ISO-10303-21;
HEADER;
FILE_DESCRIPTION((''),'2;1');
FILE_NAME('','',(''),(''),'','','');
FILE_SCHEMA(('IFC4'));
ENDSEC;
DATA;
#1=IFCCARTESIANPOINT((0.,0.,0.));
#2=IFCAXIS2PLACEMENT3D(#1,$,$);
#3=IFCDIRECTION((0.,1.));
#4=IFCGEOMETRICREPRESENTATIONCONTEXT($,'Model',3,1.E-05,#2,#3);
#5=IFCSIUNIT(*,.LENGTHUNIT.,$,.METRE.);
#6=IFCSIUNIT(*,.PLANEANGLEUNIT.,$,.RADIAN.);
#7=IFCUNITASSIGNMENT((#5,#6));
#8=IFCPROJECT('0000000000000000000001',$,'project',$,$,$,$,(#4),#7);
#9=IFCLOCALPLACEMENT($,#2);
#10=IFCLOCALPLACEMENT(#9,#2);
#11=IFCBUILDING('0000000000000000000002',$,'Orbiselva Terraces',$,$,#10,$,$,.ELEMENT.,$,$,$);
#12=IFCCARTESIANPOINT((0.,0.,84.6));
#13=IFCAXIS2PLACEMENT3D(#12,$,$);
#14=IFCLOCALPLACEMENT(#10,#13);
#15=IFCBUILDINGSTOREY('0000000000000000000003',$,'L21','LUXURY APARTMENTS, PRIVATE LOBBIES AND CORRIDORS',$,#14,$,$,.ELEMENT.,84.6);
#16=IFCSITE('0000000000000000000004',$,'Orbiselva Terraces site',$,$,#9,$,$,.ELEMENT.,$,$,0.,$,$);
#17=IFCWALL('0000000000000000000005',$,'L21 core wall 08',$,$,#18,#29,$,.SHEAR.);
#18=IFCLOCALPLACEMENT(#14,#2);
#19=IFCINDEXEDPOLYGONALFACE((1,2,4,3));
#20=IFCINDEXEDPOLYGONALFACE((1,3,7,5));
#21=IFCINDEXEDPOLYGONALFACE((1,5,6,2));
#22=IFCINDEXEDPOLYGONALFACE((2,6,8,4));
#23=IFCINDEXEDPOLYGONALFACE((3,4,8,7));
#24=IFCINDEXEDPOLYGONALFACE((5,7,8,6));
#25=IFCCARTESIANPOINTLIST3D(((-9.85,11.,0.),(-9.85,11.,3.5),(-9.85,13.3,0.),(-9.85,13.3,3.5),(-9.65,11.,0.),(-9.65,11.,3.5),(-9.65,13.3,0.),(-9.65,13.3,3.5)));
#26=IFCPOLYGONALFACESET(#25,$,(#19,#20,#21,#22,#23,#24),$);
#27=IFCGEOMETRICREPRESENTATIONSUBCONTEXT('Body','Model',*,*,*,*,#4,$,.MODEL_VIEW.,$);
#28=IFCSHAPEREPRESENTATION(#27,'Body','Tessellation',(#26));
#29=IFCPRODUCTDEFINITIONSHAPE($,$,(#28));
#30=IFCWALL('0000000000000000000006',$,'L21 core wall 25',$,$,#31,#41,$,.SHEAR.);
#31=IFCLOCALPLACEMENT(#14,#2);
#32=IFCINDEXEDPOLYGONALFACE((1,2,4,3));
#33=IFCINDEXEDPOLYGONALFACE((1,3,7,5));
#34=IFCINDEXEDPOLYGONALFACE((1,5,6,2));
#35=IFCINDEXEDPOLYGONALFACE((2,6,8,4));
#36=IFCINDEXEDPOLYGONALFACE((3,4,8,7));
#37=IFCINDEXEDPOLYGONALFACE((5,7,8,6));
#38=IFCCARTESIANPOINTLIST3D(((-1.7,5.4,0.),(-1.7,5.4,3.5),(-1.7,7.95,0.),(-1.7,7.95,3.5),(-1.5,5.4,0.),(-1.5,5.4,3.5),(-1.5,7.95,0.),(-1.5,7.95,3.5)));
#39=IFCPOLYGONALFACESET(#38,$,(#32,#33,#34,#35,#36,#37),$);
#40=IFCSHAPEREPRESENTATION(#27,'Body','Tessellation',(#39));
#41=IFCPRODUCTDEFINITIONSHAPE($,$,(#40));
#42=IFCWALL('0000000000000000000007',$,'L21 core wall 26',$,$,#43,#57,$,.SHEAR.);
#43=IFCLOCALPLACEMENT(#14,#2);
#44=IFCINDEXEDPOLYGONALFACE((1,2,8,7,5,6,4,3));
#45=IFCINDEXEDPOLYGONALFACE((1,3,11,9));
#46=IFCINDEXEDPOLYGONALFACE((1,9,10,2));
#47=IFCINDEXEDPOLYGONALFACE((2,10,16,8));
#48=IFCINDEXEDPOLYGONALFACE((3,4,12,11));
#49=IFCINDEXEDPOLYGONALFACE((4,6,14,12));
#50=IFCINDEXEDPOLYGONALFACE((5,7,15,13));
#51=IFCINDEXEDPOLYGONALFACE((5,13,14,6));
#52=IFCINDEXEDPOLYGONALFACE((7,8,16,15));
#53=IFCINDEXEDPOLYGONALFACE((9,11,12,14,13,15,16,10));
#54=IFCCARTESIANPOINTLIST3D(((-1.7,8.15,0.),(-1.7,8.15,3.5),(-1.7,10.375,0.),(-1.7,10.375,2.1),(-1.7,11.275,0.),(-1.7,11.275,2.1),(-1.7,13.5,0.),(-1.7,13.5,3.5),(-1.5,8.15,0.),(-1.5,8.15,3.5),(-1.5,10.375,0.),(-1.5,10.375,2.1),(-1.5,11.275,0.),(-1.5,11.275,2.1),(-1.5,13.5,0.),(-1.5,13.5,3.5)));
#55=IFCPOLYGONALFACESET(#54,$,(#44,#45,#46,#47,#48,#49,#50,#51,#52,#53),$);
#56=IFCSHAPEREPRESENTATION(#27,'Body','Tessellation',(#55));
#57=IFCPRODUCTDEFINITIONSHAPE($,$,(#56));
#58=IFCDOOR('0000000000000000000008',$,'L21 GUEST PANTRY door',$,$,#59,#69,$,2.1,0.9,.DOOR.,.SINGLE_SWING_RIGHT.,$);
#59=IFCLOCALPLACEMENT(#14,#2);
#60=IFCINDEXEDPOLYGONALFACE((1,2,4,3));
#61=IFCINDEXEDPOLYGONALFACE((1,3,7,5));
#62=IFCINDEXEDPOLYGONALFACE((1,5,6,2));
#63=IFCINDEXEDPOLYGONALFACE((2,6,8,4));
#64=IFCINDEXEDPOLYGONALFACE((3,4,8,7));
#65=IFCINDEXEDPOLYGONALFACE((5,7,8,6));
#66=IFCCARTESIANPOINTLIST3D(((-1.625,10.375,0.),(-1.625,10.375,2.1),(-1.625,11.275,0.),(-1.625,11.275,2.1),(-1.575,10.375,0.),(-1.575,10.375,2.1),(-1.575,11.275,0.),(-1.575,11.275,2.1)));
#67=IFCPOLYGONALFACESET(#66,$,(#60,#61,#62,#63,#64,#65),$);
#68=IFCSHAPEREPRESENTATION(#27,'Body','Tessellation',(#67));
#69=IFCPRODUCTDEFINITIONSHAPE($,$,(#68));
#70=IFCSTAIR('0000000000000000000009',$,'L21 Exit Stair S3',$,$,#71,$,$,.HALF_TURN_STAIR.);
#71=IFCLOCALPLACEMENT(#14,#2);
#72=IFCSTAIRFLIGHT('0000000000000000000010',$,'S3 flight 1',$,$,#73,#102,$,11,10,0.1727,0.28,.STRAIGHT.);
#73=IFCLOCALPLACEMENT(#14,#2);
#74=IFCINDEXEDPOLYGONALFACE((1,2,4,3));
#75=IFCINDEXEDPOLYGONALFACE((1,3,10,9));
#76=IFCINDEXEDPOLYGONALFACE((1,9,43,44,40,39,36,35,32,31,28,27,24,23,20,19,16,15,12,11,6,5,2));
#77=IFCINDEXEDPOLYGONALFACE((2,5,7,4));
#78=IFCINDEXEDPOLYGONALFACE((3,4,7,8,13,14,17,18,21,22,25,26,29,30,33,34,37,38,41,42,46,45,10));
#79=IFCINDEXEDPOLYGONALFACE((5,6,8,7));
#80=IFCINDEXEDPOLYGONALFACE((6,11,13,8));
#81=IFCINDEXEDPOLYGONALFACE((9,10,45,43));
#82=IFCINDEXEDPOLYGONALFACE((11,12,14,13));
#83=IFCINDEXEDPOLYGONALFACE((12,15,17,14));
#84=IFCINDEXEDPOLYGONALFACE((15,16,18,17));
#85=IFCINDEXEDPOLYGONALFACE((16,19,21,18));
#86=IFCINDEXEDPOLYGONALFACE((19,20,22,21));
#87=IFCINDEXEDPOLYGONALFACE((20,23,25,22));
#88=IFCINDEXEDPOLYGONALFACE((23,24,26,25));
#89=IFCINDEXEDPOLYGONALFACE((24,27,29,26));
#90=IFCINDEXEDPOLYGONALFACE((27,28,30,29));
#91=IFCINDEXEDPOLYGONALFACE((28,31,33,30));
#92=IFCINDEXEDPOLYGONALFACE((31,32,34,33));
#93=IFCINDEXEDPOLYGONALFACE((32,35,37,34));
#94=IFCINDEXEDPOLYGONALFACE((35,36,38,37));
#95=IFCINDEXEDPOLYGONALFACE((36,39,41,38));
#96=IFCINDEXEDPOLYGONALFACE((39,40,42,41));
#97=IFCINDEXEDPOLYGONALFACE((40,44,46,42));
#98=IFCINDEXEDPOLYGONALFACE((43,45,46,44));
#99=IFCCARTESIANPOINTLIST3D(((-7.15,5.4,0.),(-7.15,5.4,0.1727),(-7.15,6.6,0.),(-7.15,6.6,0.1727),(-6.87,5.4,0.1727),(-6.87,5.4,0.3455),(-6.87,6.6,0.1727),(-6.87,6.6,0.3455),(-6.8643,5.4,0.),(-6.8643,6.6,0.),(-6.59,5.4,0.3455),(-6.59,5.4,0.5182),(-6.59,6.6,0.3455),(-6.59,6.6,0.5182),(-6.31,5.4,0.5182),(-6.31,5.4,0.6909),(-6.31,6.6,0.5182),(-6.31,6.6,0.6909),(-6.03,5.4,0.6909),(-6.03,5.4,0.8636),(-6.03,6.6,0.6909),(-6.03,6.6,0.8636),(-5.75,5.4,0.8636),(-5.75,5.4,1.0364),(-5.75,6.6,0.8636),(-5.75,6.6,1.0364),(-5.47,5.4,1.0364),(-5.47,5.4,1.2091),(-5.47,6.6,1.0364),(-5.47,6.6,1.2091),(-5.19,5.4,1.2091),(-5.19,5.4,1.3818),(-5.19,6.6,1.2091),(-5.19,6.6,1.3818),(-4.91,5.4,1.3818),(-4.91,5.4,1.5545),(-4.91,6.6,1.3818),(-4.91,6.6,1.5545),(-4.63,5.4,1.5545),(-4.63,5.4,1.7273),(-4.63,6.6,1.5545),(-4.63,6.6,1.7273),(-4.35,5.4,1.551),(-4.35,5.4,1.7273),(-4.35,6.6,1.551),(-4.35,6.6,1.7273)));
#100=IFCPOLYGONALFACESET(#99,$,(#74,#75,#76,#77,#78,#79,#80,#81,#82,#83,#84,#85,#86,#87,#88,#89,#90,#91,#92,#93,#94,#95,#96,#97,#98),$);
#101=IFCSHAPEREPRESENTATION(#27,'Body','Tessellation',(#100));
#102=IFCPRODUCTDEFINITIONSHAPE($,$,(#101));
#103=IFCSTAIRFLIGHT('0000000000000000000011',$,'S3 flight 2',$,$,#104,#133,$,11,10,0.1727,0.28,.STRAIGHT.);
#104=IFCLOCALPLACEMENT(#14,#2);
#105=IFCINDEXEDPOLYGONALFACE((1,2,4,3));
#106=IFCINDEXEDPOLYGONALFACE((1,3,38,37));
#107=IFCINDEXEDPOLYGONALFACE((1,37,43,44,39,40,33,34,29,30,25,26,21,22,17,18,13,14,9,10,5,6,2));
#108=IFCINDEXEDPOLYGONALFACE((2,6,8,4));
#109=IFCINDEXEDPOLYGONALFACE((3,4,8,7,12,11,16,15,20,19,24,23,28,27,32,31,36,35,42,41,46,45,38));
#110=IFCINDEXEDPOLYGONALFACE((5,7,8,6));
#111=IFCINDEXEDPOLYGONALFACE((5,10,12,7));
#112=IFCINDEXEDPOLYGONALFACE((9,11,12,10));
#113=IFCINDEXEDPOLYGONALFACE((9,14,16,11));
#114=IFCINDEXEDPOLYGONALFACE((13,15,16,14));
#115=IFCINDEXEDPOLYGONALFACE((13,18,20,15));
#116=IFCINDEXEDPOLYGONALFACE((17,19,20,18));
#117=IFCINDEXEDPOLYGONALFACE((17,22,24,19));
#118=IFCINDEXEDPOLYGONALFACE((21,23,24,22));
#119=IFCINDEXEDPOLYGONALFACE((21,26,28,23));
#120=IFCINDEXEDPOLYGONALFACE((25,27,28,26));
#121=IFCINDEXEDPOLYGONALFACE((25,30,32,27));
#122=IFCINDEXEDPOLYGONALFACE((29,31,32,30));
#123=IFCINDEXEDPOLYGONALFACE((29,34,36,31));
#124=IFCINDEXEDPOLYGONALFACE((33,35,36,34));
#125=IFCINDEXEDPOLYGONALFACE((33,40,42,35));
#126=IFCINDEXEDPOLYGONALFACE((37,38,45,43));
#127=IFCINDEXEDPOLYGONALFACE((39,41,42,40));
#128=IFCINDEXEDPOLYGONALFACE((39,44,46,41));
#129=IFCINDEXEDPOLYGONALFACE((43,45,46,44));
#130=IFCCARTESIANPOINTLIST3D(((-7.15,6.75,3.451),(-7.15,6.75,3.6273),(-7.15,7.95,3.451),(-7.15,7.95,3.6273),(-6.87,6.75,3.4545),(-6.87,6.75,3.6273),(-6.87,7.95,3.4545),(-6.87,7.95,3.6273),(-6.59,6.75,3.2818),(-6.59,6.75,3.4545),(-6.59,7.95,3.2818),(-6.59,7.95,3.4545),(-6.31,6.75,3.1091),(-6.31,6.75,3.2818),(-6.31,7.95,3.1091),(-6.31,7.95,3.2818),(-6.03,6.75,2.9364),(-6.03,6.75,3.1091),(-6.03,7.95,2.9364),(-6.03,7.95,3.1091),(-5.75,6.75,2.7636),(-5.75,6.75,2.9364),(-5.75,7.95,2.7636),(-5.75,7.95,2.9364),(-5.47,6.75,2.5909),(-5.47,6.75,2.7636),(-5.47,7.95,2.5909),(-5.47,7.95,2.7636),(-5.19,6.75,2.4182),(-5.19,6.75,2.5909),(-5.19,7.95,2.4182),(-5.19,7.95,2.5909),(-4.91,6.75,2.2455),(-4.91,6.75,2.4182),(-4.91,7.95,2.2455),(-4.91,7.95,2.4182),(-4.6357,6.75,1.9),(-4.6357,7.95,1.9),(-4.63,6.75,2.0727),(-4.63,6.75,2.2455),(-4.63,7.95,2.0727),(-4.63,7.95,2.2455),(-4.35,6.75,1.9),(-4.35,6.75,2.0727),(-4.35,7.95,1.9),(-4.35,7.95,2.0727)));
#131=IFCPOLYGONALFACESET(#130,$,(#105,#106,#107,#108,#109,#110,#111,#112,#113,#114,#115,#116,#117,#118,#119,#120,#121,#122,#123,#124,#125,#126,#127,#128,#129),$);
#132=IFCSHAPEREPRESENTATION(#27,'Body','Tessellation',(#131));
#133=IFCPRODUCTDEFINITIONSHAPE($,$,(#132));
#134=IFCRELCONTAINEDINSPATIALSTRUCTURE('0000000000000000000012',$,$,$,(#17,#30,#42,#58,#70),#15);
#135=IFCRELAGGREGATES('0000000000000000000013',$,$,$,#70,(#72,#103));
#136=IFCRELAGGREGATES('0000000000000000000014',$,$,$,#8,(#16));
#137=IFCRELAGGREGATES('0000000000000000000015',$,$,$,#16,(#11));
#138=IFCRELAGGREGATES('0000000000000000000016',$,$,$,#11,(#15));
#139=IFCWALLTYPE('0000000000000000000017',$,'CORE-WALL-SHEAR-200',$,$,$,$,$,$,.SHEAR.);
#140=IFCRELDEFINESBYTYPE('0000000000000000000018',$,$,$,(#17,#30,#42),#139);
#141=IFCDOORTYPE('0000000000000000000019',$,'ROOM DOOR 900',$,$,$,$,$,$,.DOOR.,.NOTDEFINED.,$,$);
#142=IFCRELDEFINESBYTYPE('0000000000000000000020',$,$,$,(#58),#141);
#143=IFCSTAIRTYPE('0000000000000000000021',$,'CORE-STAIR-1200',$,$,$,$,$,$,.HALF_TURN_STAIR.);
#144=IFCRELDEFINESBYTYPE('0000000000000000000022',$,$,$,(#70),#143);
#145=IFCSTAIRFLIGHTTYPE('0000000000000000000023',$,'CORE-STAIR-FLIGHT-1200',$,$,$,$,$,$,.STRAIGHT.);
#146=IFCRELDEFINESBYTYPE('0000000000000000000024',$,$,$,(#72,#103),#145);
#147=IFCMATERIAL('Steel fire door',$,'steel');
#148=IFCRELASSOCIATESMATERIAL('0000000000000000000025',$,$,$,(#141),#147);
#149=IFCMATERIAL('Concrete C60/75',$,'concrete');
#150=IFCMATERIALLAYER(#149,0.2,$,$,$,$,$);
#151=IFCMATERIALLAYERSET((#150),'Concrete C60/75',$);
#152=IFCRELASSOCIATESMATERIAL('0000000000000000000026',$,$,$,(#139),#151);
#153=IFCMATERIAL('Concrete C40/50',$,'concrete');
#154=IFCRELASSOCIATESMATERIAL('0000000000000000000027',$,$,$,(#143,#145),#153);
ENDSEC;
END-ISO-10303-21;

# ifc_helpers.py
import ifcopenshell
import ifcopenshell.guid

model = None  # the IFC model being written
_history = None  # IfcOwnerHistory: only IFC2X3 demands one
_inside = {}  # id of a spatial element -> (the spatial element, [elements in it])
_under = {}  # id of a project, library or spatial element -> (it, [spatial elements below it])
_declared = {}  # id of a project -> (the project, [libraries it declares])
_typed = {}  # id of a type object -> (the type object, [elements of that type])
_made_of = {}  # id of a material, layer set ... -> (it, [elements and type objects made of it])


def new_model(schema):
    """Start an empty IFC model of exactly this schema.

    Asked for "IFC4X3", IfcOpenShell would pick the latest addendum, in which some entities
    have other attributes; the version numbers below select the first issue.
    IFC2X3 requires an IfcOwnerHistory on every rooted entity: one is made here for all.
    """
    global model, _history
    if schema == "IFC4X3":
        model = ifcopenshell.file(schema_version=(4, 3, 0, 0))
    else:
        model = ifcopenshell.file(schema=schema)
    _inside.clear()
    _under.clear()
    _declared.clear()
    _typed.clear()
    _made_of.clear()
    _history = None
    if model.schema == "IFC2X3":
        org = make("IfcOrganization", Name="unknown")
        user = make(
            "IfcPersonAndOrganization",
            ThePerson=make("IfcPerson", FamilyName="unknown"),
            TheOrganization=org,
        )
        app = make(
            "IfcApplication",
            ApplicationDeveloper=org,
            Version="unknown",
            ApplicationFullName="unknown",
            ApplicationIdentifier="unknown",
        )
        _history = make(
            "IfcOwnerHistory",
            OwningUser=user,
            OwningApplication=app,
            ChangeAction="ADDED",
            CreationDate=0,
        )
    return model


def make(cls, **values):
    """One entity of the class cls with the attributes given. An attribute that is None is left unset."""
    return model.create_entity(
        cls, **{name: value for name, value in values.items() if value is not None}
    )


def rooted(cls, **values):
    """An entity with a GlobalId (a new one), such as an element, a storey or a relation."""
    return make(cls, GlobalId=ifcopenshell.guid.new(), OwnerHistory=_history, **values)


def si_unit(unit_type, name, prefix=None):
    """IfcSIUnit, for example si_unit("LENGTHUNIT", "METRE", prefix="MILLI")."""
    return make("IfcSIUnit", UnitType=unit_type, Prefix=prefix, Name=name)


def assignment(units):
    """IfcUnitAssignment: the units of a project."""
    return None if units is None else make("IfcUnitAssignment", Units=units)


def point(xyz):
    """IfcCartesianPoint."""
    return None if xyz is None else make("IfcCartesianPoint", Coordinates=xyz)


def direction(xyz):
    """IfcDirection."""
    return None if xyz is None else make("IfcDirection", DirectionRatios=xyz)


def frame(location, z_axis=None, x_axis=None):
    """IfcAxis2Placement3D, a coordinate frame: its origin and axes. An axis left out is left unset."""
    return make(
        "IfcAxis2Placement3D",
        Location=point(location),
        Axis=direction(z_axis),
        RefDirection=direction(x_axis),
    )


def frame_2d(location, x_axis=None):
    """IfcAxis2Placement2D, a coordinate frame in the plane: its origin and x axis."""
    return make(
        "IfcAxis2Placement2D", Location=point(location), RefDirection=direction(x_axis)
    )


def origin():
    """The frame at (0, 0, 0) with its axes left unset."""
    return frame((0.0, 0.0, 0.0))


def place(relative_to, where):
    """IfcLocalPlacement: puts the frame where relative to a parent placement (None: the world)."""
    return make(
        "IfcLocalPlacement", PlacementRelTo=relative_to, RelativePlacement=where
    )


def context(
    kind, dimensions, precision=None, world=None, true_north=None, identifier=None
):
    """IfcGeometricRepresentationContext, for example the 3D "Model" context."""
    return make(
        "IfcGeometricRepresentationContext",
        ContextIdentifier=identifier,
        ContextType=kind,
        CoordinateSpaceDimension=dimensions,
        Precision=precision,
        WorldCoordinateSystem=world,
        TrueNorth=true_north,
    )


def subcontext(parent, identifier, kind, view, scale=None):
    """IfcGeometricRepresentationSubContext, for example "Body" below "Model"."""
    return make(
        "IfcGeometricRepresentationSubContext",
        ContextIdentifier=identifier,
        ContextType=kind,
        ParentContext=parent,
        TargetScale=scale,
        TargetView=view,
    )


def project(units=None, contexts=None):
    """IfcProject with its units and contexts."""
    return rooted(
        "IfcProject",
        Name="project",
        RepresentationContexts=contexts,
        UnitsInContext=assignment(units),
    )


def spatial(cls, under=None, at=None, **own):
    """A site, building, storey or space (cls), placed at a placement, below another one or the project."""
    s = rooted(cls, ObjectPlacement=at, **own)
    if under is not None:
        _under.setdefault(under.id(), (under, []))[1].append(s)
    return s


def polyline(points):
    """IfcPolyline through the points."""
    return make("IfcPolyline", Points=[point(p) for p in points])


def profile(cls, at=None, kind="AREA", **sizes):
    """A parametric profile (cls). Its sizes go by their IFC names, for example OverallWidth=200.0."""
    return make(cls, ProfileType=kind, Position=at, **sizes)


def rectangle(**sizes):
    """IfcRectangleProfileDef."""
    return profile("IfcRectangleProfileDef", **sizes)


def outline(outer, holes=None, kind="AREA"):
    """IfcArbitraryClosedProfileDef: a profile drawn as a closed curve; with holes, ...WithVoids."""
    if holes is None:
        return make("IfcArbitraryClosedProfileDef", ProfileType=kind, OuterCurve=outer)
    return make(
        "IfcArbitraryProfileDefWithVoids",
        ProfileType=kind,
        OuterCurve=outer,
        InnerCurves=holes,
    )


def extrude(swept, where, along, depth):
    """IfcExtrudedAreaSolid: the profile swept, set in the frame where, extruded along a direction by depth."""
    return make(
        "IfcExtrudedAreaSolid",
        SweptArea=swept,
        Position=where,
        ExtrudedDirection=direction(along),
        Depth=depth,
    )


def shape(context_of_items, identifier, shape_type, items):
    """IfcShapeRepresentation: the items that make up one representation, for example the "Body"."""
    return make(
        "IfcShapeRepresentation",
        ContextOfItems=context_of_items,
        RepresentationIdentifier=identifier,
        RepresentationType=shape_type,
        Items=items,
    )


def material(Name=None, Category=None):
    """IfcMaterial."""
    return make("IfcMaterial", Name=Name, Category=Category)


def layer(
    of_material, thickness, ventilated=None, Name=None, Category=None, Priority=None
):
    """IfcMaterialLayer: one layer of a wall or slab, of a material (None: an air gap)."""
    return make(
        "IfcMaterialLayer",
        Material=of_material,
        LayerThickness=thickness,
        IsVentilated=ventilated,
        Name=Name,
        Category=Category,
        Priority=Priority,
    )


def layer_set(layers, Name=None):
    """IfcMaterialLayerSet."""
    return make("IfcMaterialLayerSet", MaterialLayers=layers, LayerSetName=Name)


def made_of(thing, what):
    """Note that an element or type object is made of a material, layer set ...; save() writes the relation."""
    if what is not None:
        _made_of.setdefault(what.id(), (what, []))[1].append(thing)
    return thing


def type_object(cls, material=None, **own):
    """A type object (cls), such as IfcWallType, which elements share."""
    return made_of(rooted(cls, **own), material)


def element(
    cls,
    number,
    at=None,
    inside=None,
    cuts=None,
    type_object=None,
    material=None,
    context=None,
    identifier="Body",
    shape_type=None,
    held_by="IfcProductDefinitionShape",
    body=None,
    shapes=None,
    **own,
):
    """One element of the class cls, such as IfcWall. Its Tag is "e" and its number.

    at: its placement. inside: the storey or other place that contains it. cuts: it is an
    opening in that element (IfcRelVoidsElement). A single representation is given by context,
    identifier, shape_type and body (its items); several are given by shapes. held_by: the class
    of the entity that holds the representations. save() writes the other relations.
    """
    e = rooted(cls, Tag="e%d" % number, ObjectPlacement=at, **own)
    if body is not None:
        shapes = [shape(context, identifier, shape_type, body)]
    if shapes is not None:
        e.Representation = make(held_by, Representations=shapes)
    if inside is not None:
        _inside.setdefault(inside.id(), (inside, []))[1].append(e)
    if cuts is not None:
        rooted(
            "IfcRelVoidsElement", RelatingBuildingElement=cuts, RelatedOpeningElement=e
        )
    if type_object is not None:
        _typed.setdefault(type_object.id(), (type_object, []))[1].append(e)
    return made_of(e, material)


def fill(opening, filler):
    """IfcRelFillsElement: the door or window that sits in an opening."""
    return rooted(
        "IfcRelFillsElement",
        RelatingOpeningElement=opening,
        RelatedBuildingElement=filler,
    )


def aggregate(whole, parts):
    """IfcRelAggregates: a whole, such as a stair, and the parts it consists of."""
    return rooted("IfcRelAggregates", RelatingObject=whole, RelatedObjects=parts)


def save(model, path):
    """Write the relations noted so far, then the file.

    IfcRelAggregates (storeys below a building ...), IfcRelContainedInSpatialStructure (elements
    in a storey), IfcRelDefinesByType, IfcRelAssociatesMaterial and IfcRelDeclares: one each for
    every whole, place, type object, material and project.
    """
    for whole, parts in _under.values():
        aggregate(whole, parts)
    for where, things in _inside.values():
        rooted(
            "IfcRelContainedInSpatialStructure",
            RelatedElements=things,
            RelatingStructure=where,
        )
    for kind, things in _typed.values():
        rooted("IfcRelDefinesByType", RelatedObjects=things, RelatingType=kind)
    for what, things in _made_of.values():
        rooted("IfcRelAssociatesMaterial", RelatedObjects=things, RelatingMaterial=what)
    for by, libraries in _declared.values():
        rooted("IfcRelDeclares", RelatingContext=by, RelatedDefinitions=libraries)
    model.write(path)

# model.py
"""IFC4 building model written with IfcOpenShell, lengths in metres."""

from ifc_helpers import new_model, si_unit, direction, frame, frame_2d, origin, place, context, subcontext, project, spatial, polyline, rectangle, outline, extrude, material, layer, layer_set, type_object, element, fill, aggregate, save


model = new_model("IFC4")

# Units and contexts
model_context = context("Model", 3, precision=1e-05, world=origin(), true_north=direction((0.0, 1.0)))
body_context = subcontext(model_context, "Body", "Model", "MODEL_VIEW")
ifc_project = project(units=[si_unit("LENGTHUNIT", "METRE"), si_unit("PLANEANGLEUNIT", "RADIAN")], contexts=[model_context])

# Site, building, storey
site_placement = place(None, origin())
site = spatial("IfcSite", under=ifc_project, at=site_placement, Name="Orbiselva Terraces site", CompositionType="ELEMENT", RefElevation=0.0)
building_placement = place(site_placement, origin())
building = spatial("IfcBuilding", under=site, at=building_placement, Name="Orbiselva Terraces", CompositionType="ELEMENT")
storey_placement = place(building_placement, frame((0.0, 0.0, 84.6)))
storey = spatial("IfcBuildingStorey", under=building, at=storey_placement, Name="L21", Description="LUXURY APARTMENTS, PRIVATE LOBBIES AND CORRIDORS", CompositionType="ELEMENT", Elevation=84.6)

# Shared definitions
ifc_material_1 = material(Name="Steel fire door", Category="steel")
door_type = type_object("IfcDoorType", Name="ROOM DOOR 900", OperationType="NOTDEFINED", PredefinedType="DOOR", material=ifc_material_1)

# Shared definitions
ifc_material_2 = material(Name="Concrete C60/75", Category="concrete")
ifc_layer_1 = layer(ifc_material_2, 0.2)
ifc_layer_set_1 = layer_set([ifc_layer_1], Name="Concrete C60/75")
wall_type_1 = type_object("IfcWallType", Name="CORE-WALL-SHEAR-200", PredefinedType="SHEAR", material=ifc_layer_set_1)

# Walls
wall_1_placement = place(storey_placement, frame((-9.75, 11.0, 0.0), z_axis=(0.0, 0.0, 1.0), x_axis=(0.0, 1.0, 0.0)))
element("IfcWall", 1, at=wall_1_placement, inside=storey, type_object=wall_type_1, Name="L21 core wall 08", PredefinedType="SHEAR", context=body_context, shape_type="SweptSolid", body=[
    extrude(rectangle(XDim=2.3, YDim=0.2, at=frame_2d((1.15, 0.0))), origin(), (0.0, 0.0, 1.0), 3.5),
])
wall_2_placement = place(storey_placement, frame((-1.6, 5.4, 0.0), z_axis=(0.0, 0.0, 1.0), x_axis=(0.0, 1.0, 0.0)))
element("IfcWall", 2, at=wall_2_placement, inside=storey, type_object=wall_type_1, Name="L21 core wall 25", PredefinedType="SHEAR", context=body_context, shape_type="SweptSolid", body=[
    extrude(rectangle(XDim=2.55, YDim=0.2, at=frame_2d((1.275, 0.0))), origin(), (0.0, 0.0, 1.0), 3.5),
])

# Wall, opening, door
wall_3_placement = place(storey_placement, frame((-1.6, 8.15, 0.0), z_axis=(0.0, 0.0, 1.0), x_axis=(0.0, 1.0, 0.0)))
wall_3 = element("IfcWall", 3, at=wall_3_placement, inside=storey, type_object=wall_type_1, Name="L21 core wall 26", PredefinedType="SHEAR", context=body_context, shape_type="SweptSolid", body=[
    extrude(rectangle(XDim=5.35, YDim=0.2, at=frame_2d((2.675, 0.0))), origin(), (0.0, 0.0, 1.0), 3.5),
])
opening_1_placement = place(wall_3_placement, frame((2.225, 0.0, 0.0)))
opening_1 = element("IfcOpeningElement", 4, at=opening_1_placement, cuts=wall_3, PredefinedType="OPENING", context=body_context, shape_type="SweptSolid", body=[
    extrude(rectangle(XDim=0.9, YDim=2.1, at=frame_2d((0.45, 1.05))), frame((0.0, 0.11, 0.0), z_axis=(0.0, -1.0, 0.0), x_axis=(1.0, 0.0, 0.0)), (0.0, 0.0, 1.0), 0.22),
])
door_1_placement = place(opening_1_placement, origin())
door_1 = element("IfcDoor", 5, at=door_1_placement, inside=storey, type_object=door_type, Name="L21 GUEST PANTRY door", OperationType="SINGLE_SWING_RIGHT", OverallHeight=2.1, OverallWidth=0.9, PredefinedType="DOOR", context=body_context, shape_type="SweptSolid", body=[
    extrude(rectangle(XDim=0.9, YDim=2.1, at=frame_2d((0.45, 1.05))), frame((0.0, 0.025, 0.0), z_axis=(0.0, -1.0, 0.0), x_axis=(1.0, 0.0, 0.0)), (0.0, 0.0, 1.0), 0.05),
])
fill(opening_1, door_1)

# Stair, stair flights
ifc_material_3 = material(Name="Concrete C40/50", Category="concrete")
stair_type = type_object("IfcStairType", Name="CORE-STAIR-1200", PredefinedType="HALF_TURN_STAIR", material=ifc_material_3)
stair_placement = place(storey_placement, origin())
stair = element("IfcStair", 6, at=stair_placement, inside=storey, type_object=stair_type, Name="L21 Exit Stair S3", PredefinedType="HALF_TURN_STAIR")
stair_flight_type = type_object("IfcStairFlightType", Name="CORE-STAIR-FLIGHT-1200", PredefinedType="STRAIGHT", material=ifc_material_3)
stair_flight_1_placement = place(storey_placement, frame((-7.15, 6.0, 0.0), z_axis=(0.0, 0.0, 1.0), x_axis=(1.0, 0.0, 0.0)))
stair_flight_1 = element("IfcStairFlight", 7, at=stair_flight_1_placement, type_object=stair_flight_type, Name="S3 flight 1", NumberOfRisers=11, NumberOfTreads=10, PredefinedType="STRAIGHT", RiserHeight=0.1727, TreadLength=0.28, context=body_context, shape_type="SweptSolid", body=[
    extrude(outline(polyline([(0.0, 0.0), (0.0, 0.1727), (0.28, 0.1727), (0.28, 0.3455), (0.56, 0.3455), (0.56, 0.5182), (0.84, 0.5182), (0.84, 0.6909), (1.12, 0.6909), (1.12, 0.8636), (1.4, 0.8636), (1.4, 1.0364), (1.68, 1.0364), (1.68, 1.2091), (1.96, 1.2091), (1.96, 1.3818), (2.24, 1.3818), (2.24, 1.5545), (2.52, 1.5545), (2.52, 1.7273), (2.8, 1.7273), (2.8, 1.9), (2.8, 1.551), (0.2857, 0.0), (0.0, 0.0)])), frame((0.0, 0.6, 0.0), z_axis=(0.0, -1.0, 0.0), x_axis=(1.0, 0.0, 0.0)), (0.0, 0.0, 1.0), 1.2),
])
stair_flight_2_placement = place(storey_placement, frame((-4.35, 7.35, 1.9), z_axis=(0.0, 0.0, 1.0), x_axis=(-1.0, 0.0, 0.0)))
stair_flight_2 = element("IfcStairFlight", 8, at=stair_flight_2_placement, type_object=stair_flight_type, Name="S3 flight 2", NumberOfRisers=11, NumberOfTreads=10, PredefinedType="STRAIGHT", RiserHeight=0.1727, TreadLength=0.28, context=body_context, shape_type="SweptSolid", body=[
    extrude(outline(polyline([(0.0, 0.0), (0.0, 0.1727), (0.28, 0.1727), (0.28, 0.3455), (0.56, 0.3455), (0.56, 0.5182), (0.84, 0.5182), (0.84, 0.6909), (1.12, 0.6909), (1.12, 0.8636), (1.4, 0.8636), (1.4, 1.0364), (1.68, 1.0364), (1.68, 1.2091), (1.96, 1.2091), (1.96, 1.3818), (2.24, 1.3818), (2.24, 1.5545), (2.52, 1.5545), (2.52, 1.7273), (2.8, 1.7273), (2.8, 1.9), (2.8, 1.551), (0.2857, 0.0), (0.0, 0.0)])), frame((0.0, 0.6, 0.0), z_axis=(0.0, -1.0, 0.0), x_axis=(1.0, 0.0, 0.0)), (0.0, 0.0, 1.0), 1.2),
])
aggregate(stair, [stair_flight_1, stair_flight_2])

save(model, "model.ifc")
